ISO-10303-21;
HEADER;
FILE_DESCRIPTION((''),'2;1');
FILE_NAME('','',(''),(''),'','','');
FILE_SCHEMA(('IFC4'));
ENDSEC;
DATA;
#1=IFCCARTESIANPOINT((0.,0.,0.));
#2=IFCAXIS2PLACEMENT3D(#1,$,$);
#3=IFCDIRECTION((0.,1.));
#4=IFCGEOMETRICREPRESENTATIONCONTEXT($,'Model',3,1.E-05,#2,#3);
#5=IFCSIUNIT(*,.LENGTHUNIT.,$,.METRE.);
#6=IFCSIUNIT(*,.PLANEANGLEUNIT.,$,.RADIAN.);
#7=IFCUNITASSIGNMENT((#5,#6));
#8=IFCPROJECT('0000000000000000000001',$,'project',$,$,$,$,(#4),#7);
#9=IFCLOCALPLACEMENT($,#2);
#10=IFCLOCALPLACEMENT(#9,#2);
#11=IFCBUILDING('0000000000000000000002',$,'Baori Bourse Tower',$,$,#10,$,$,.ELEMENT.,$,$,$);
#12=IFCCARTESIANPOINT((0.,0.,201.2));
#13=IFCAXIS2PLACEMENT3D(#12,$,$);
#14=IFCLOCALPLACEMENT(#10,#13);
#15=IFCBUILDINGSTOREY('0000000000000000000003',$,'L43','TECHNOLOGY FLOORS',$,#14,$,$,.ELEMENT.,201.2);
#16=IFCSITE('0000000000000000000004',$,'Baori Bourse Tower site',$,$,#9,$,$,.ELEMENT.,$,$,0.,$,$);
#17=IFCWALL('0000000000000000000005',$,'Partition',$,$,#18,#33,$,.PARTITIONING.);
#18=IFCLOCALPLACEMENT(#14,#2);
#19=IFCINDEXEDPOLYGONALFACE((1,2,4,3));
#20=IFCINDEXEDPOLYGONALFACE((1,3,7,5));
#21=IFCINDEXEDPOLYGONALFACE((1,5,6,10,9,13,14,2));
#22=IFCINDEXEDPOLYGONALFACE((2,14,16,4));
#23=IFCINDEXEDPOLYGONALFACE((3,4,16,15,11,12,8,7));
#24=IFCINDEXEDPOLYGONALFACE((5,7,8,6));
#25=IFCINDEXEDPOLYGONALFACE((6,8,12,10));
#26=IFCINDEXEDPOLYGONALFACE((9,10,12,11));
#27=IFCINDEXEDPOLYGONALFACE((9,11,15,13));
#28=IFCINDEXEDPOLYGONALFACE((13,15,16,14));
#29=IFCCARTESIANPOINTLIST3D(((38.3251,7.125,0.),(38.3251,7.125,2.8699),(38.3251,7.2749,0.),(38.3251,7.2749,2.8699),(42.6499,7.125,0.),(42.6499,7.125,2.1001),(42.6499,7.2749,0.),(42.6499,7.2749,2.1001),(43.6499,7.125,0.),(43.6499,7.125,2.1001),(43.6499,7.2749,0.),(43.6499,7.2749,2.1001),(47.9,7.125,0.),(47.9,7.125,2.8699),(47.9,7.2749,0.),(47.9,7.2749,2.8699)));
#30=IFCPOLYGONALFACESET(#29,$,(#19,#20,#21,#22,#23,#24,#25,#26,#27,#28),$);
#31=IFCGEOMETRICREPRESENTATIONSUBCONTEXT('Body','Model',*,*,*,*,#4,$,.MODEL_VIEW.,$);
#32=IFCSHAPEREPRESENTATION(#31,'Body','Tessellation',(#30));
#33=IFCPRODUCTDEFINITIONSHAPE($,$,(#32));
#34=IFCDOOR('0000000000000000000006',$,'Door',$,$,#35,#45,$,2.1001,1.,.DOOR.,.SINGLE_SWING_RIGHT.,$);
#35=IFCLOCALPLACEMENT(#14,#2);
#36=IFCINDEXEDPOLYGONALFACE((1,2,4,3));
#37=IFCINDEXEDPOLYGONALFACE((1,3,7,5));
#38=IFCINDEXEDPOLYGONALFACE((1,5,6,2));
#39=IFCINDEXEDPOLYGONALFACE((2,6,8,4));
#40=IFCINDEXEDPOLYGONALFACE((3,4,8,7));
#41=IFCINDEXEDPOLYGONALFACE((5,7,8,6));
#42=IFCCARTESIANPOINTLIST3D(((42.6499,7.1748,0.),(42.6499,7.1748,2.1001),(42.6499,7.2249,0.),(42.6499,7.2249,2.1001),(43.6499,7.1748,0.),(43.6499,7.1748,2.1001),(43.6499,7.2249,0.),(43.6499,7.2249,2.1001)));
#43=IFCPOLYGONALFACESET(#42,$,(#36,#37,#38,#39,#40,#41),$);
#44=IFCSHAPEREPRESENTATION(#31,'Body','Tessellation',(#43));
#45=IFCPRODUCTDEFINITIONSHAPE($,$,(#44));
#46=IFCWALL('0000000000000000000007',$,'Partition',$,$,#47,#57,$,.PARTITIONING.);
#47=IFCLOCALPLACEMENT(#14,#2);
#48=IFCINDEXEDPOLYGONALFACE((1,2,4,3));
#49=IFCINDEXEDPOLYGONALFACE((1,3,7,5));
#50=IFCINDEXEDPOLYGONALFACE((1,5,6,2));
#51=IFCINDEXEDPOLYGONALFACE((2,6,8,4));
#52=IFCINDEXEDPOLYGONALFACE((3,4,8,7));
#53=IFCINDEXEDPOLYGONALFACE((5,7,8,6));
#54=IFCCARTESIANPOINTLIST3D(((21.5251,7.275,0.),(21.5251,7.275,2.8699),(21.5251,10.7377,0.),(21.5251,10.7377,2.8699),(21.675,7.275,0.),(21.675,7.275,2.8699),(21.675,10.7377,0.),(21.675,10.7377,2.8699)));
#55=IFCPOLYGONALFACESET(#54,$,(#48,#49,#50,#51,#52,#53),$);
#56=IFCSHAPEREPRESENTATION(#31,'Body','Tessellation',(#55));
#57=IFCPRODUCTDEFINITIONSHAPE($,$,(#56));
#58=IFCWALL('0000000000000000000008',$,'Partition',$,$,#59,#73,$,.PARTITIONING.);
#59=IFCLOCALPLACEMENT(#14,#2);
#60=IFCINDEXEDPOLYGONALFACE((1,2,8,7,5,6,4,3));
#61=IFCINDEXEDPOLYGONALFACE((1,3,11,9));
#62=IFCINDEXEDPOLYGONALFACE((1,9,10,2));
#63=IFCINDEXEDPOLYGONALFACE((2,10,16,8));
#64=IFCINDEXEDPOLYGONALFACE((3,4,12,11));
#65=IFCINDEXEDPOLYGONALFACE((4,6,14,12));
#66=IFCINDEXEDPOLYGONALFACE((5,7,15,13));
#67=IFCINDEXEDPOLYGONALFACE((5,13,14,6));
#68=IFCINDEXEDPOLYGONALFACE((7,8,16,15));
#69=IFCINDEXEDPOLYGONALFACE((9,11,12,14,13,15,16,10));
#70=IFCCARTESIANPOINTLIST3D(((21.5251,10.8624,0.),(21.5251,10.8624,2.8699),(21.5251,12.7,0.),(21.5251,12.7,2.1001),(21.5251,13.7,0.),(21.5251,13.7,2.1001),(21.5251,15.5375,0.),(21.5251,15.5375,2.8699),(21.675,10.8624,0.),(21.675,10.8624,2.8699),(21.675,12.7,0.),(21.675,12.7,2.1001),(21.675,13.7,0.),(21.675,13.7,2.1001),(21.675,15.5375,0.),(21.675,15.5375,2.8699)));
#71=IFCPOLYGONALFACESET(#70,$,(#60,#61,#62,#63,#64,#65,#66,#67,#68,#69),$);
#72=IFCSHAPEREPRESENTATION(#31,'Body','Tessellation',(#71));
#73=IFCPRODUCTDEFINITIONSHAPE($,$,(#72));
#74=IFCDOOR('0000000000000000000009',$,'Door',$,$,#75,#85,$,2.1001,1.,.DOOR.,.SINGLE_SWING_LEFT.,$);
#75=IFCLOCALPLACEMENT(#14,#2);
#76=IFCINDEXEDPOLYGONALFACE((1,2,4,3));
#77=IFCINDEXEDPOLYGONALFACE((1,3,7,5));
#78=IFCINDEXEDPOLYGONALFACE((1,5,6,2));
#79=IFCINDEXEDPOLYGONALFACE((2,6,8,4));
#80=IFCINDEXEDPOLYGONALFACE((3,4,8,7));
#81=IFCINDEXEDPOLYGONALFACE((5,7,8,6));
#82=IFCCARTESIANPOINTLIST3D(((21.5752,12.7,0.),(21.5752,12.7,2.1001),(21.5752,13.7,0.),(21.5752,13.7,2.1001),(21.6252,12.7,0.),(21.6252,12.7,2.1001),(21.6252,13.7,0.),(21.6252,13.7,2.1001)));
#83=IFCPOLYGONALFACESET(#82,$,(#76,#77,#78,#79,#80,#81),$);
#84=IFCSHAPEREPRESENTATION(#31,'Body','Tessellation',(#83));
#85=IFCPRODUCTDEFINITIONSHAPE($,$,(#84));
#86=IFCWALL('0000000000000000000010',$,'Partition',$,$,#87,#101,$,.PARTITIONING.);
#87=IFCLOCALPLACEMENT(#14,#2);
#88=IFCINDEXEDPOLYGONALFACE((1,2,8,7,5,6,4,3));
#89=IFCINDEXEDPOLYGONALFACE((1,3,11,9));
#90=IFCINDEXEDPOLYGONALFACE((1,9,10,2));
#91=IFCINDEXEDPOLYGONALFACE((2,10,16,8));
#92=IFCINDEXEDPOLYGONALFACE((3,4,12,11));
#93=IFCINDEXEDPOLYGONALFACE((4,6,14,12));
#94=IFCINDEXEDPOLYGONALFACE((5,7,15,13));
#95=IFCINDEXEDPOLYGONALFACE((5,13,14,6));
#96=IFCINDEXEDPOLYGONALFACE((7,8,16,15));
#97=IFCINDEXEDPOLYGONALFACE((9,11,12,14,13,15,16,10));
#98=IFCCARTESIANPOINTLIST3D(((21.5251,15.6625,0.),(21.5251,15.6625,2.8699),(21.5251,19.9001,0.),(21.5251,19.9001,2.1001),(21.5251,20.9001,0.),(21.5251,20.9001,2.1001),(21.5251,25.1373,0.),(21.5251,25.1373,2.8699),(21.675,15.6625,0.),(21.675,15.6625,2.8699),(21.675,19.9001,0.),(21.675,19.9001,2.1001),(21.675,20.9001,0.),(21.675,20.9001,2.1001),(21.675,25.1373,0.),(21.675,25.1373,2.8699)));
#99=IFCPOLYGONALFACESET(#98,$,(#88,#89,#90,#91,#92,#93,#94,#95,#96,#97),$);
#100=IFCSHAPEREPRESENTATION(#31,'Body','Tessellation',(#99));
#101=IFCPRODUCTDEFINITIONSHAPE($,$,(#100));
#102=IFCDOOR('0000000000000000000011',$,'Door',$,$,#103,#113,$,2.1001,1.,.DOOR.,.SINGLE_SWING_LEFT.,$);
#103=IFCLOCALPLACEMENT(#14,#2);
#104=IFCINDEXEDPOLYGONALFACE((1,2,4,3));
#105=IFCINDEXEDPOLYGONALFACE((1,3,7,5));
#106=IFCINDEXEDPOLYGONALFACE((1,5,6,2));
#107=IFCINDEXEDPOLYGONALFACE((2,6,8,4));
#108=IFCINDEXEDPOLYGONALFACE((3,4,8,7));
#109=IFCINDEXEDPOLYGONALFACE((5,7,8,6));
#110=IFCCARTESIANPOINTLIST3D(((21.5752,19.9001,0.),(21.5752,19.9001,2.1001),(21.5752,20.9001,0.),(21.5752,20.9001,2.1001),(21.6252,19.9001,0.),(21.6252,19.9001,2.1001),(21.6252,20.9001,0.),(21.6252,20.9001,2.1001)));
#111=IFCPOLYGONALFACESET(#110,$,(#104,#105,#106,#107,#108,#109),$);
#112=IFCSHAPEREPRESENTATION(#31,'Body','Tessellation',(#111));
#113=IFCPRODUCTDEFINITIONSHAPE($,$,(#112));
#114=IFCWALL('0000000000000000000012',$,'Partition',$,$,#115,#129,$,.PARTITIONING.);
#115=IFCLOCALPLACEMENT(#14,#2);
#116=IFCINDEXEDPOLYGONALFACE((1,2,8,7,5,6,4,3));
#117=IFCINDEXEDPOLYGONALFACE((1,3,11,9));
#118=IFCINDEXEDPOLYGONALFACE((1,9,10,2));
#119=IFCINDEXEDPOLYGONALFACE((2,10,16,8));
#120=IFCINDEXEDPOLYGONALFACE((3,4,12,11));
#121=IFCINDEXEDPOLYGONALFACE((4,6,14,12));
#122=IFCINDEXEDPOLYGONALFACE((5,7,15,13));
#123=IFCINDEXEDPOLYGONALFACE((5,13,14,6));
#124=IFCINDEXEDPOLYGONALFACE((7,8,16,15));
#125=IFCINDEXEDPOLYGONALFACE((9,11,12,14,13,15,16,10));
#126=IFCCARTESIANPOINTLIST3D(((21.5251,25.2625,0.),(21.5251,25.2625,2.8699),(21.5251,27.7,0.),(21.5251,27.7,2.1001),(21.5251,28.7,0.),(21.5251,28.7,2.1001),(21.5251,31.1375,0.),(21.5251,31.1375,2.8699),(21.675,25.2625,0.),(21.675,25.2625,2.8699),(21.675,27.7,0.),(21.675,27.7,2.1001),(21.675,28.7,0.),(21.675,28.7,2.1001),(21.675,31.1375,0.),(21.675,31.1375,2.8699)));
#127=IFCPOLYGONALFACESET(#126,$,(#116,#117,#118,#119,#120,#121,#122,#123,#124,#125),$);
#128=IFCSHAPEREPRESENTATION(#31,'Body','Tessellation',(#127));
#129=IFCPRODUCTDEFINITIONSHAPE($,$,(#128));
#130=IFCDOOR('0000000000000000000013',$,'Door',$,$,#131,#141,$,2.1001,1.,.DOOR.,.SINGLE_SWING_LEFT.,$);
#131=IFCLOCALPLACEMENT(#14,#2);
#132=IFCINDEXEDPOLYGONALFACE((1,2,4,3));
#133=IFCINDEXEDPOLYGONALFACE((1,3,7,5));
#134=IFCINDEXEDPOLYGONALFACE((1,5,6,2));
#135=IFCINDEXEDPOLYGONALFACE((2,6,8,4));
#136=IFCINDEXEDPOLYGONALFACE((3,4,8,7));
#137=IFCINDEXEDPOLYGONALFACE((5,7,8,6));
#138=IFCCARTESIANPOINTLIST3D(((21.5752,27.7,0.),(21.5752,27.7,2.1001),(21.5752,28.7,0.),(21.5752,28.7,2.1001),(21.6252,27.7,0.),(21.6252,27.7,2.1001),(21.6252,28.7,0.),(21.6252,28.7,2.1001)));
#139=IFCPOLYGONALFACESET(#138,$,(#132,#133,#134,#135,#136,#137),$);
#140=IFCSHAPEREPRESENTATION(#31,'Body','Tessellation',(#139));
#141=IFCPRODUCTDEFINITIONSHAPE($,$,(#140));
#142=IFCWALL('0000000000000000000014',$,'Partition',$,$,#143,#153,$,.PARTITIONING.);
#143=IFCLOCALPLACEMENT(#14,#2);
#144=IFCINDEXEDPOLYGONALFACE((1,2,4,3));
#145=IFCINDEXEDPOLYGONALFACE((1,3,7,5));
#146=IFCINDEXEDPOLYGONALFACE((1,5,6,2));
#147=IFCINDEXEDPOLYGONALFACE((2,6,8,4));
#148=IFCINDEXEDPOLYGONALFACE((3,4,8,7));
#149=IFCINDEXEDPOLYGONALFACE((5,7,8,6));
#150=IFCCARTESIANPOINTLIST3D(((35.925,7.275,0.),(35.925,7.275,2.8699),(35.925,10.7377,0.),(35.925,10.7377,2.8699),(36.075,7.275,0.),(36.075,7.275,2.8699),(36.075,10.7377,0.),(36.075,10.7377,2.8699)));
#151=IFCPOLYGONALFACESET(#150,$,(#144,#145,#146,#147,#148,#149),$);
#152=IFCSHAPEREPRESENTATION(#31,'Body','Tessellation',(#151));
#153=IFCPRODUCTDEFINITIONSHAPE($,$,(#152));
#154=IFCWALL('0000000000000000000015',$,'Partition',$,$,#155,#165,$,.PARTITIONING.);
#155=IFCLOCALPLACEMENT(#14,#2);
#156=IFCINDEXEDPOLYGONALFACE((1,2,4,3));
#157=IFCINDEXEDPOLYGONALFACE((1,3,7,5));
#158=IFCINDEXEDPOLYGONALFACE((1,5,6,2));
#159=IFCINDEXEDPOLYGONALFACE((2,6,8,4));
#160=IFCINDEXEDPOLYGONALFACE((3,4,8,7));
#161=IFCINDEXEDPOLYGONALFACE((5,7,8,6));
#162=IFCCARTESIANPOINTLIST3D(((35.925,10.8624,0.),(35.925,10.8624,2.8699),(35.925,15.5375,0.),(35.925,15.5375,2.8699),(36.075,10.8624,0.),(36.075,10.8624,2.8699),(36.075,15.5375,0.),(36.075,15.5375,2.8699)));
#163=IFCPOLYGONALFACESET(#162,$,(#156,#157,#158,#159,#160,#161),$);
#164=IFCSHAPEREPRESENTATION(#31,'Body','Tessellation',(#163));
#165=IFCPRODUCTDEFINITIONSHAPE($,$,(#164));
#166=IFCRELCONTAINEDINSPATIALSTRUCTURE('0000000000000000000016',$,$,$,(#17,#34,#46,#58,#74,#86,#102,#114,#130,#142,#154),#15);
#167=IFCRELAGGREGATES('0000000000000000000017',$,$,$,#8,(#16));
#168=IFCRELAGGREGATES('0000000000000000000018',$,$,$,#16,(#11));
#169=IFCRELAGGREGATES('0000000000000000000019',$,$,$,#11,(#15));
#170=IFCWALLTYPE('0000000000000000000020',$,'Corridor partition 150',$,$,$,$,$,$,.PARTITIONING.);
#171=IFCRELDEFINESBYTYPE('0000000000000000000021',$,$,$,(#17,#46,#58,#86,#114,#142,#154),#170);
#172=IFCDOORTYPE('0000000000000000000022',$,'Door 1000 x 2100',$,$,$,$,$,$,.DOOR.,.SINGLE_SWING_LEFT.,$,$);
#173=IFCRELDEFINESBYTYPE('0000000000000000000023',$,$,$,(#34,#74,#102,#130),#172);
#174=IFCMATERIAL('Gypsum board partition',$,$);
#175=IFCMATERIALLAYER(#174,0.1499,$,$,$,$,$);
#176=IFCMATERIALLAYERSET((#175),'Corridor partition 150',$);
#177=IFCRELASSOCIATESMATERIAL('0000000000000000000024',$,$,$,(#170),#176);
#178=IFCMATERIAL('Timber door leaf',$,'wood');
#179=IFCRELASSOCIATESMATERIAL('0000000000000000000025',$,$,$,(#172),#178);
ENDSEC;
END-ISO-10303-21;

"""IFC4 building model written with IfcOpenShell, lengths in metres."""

from ifc_helpers import new_model, si_unit, direction, frame, frame_2d, origin, place, context, subcontext, project, spatial, rectangle, extrude, material, layer, layer_set, type_object, element, fill, save


model = new_model("IFC4")

# Units and contexts
model_context = context("Model", 3, precision=1e-05, world=origin(), true_north=direction((0.0, 1.0)))
body_context = subcontext(model_context, "Body", "Model", "MODEL_VIEW")
ifc_project = project(units=[si_unit("LENGTHUNIT", "METRE"), si_unit("PLANEANGLEUNIT", "RADIAN")], contexts=[model_context])

# Site, building, storey
site_placement = place(None, origin())
site = spatial("IfcSite", under=ifc_project, at=site_placement, Name="Baori Bourse Tower site", CompositionType="ELEMENT", RefElevation=0.0)
building_placement = place(site_placement, origin())
building = spatial("IfcBuilding", under=site, at=building_placement, Name="Baori Bourse Tower", CompositionType="ELEMENT")
storey_placement = place(building_placement, frame((0.0, 0.0, 201.2)))
storey = spatial("IfcBuildingStorey", under=building, at=storey_placement, Name="L43", Description="TECHNOLOGY FLOORS", CompositionType="ELEMENT", Elevation=201.2)

# Wall, opening, door
ifc_material_1 = material(Name="Gypsum board partition")
ifc_layer_1 = layer(ifc_material_1, 0.1499)
ifc_layer_set_1 = layer_set([ifc_layer_1], Name="Corridor partition 150")
wall_type_1 = type_object("IfcWallType", Name="Corridor partition 150", PredefinedType="PARTITIONING", material=ifc_layer_set_1)
wall_1_placement = place(storey_placement, frame((38.325, 7.2, 0.0), z_axis=(0.0, 0.0, 1.0), x_axis=(1.0, 0.0, 0.0)))
wall_1 = element("IfcWall", 1, at=wall_1_placement, inside=storey, type_object=wall_type_1, Name="Partition", PredefinedType="PARTITIONING", context=body_context, shape_type="SweptSolid", body=[
    extrude(rectangle(XDim=9.575, YDim=0.1499, at=frame_2d((4.7876, 0.0))), origin(), (0.0, 0.0, 1.0), 2.8699),
])
opening_1_placement = place(wall_1_placement, frame((4.325, 0.0, 0.0)))
opening_1 = element("IfcOpeningElement", 2, at=opening_1_placement, cuts=wall_1, PredefinedType="OPENING", context=body_context, shape_type="SweptSolid", body=[
    extrude(rectangle(XDim=1.0, YDim=2.1001, at=frame_2d((0.5, 1.05))), frame((0.0, 0.085, 0.0), z_axis=(0.0, -1.0, 0.0), x_axis=(1.0, 0.0, 0.0)), (0.0, 0.0, 1.0), 0.1699),
])
ifc_material_2 = material(Name="Timber door leaf", Category="wood")
door_type_1 = type_object("IfcDoorType", Name="Door 1000 x 2100", OperationType="SINGLE_SWING_LEFT", PredefinedType="DOOR", material=ifc_material_2)
door_1_placement = place(opening_1_placement, origin())
door_1 = element("IfcDoor", 3, at=door_1_placement, inside=storey, type_object=door_type_1, Name="Door", OperationType="SINGLE_SWING_RIGHT", OverallHeight=2.1001, OverallWidth=1.0, PredefinedType="DOOR", context=body_context, shape_type="SweptSolid", body=[
    extrude(rectangle(XDim=1.0, YDim=2.1001, at=frame_2d((0.5, 1.05))), frame((0.0, 0.0249, 0.0), z_axis=(0.0, -1.0, 0.0), x_axis=(1.0, 0.0, 0.0)), (0.0, 0.0, 1.0), 0.05),
])
fill(opening_1, door_1)

# Wall
wall_2_placement = place(storey_placement, frame((21.6001, 7.2749, 0.0), z_axis=(0.0, 0.0, 1.0), x_axis=(0.0, 1.0, 0.0)))
element("IfcWall", 4, at=wall_2_placement, inside=storey, type_object=wall_type_1, Name="Partition", PredefinedType="PARTITIONING", context=body_context, shape_type="SweptSolid", body=[
    extrude(rectangle(XDim=3.4626, YDim=0.1499, at=frame_2d((1.7314, 0.0))), origin(), (0.0, 0.0, 1.0), 2.8699),
])

# Walls, openings, doors
wall_3_placement = place(storey_placement, frame((21.6001, 10.8625, 0.0), z_axis=(0.0, 0.0, 1.0), x_axis=(0.0, 1.0, 0.0)))
wall_3 = element("IfcWall", 5, at=wall_3_placement, inside=storey, type_object=wall_type_1, Name="Partition", PredefinedType="PARTITIONING", context=body_context, shape_type="SweptSolid", body=[
    extrude(rectangle(XDim=4.675, YDim=0.1499, at=frame_2d((2.3374, 0.0))), origin(), (0.0, 0.0, 1.0), 2.8699),
])
opening_2_placement = place(wall_3_placement, frame((1.8374, 0.0, 0.0)))
opening_2 = element("IfcOpeningElement", 6, at=opening_2_placement, cuts=wall_3, PredefinedType="OPENING", context=body_context, shape_type="SweptSolid", body=[
    extrude(rectangle(XDim=1.0, YDim=2.1001, at=frame_2d((0.5, 1.05))), frame((0.0, 0.085, 0.0), z_axis=(0.0, -1.0, 0.0), x_axis=(1.0, 0.0, 0.0)), (0.0, 0.0, 1.0), 0.1699),
])
door_2_placement = place(opening_2_placement, origin())
door_2 = element("IfcDoor", 7, at=door_2_placement, inside=storey, type_object=door_type_1, Name="Door", OperationType="SINGLE_SWING_LEFT", OverallHeight=2.1001, OverallWidth=1.0, PredefinedType="DOOR", context=body_context, shape_type="SweptSolid", body=[
    extrude(rectangle(XDim=1.0, YDim=2.1001, at=frame_2d((0.5, 1.05))), frame((0.0, 0.0249, 0.0), z_axis=(0.0, -1.0, 0.0), x_axis=(1.0, 0.0, 0.0)), (0.0, 0.0, 1.0), 0.05),
])
fill(opening_2, door_2)
wall_4_placement = place(storey_placement, frame((21.6001, 15.6626, 0.0), z_axis=(0.0, 0.0, 1.0), x_axis=(0.0, 1.0, 0.0)))
wall_4 = element("IfcWall", 8, at=wall_4_placement, inside=storey, type_object=wall_type_1, Name="Partition", PredefinedType="PARTITIONING", context=body_context, shape_type="SweptSolid", body=[
    extrude(rectangle(XDim=9.4749, YDim=0.1499, at=frame_2d((4.7373, 0.0))), origin(), (0.0, 0.0, 1.0), 2.8699),
])
opening_3_placement = place(wall_4_placement, frame((4.2375, 0.0, 0.0)))
opening_3 = element("IfcOpeningElement", 9, at=opening_3_placement, cuts=wall_4, PredefinedType="OPENING", context=body_context, shape_type="SweptSolid", body=[
    extrude(rectangle(XDim=1.0, YDim=2.1001, at=frame_2d((0.5, 1.05))), frame((0.0, 0.085, 0.0), z_axis=(0.0, -1.0, 0.0), x_axis=(1.0, 0.0, 0.0)), (0.0, 0.0, 1.0), 0.1699),
])
door_3_placement = place(opening_3_placement, origin())
door_3 = element("IfcDoor", 10, at=door_3_placement, inside=storey, type_object=door_type_1, Name="Door", OperationType="SINGLE_SWING_LEFT", OverallHeight=2.1001, OverallWidth=1.0, PredefinedType="DOOR", context=body_context, shape_type="SweptSolid", body=[
    extrude(rectangle(XDim=1.0, YDim=2.1001, at=frame_2d((0.5, 1.05))), frame((0.0, 0.0249, 0.0), z_axis=(0.0, -1.0, 0.0), x_axis=(1.0, 0.0, 0.0)), (0.0, 0.0, 1.0), 0.05),
])
fill(opening_3, door_3)
wall_5_placement = place(storey_placement, frame((21.6001, 25.2625, 0.0), z_axis=(0.0, 0.0, 1.0), x_axis=(0.0, 1.0, 0.0)))
wall_5 = element("IfcWall", 11, at=wall_5_placement, inside=storey, type_object=wall_type_1, Name="Partition", PredefinedType="PARTITIONING", context=body_context, shape_type="SweptSolid", body=[
    extrude(rectangle(XDim=5.875, YDim=0.1499, at=frame_2d((2.9375, 0.0))), origin(), (0.0, 0.0, 1.0), 2.8699),
])
opening_4_placement = place(wall_5_placement, frame((2.4375, 0.0, 0.0)))
opening_4 = element("IfcOpeningElement", 12, at=opening_4_placement, cuts=wall_5, PredefinedType="OPENING", context=body_context, shape_type="SweptSolid", body=[
    extrude(rectangle(XDim=1.0, YDim=2.1001, at=frame_2d((0.5, 1.05))), frame((0.0, 0.085, 0.0), z_axis=(0.0, -1.0, 0.0), x_axis=(1.0, 0.0, 0.0)), (0.0, 0.0, 1.0), 0.1699),
])
door_4_placement = place(opening_4_placement, origin())
door_4 = element("IfcDoor", 13, at=door_4_placement, inside=storey, type_object=door_type_1, Name="Door", OperationType="SINGLE_SWING_LEFT", OverallHeight=2.1001, OverallWidth=1.0, PredefinedType="DOOR", context=body_context, shape_type="SweptSolid", body=[
    extrude(rectangle(XDim=1.0, YDim=2.1001, at=frame_2d((0.5, 1.05))), frame((0.0, 0.0249, 0.0), z_axis=(0.0, -1.0, 0.0), x_axis=(1.0, 0.0, 0.0)), (0.0, 0.0, 1.0), 0.05),
])
fill(opening_4, door_4)

# Walls
wall_6_placement = place(storey_placement, frame((36.0, 7.2749, 0.0), z_axis=(0.0, 0.0, 1.0), x_axis=(0.0, 1.0, 0.0)))
element("IfcWall", 14, at=wall_6_placement, inside=storey, type_object=wall_type_1, Name="Partition", PredefinedType="PARTITIONING", context=body_context, shape_type="SweptSolid", body=[
    extrude(rectangle(XDim=3.4626, YDim=0.1499, at=frame_2d((1.7314, 0.0))), origin(), (0.0, 0.0, 1.0), 2.8699),
])
wall_7_placement = place(storey_placement, frame((36.0, 10.8625, 0.0), z_axis=(0.0, 0.0, 1.0), x_axis=(0.0, 1.0, 0.0)))
element("IfcWall", 15, at=wall_7_placement, inside=storey, type_object=wall_type_1, Name="Partition", PredefinedType="PARTITIONING", context=body_context, shape_type="SweptSolid", body=[
    extrude(rectangle(XDim=4.675, YDim=0.1499, at=frame_2d((2.3374, 0.0))), origin(), (0.0, 0.0, 1.0), 2.8699),
])

save(model, "model.ifc")
